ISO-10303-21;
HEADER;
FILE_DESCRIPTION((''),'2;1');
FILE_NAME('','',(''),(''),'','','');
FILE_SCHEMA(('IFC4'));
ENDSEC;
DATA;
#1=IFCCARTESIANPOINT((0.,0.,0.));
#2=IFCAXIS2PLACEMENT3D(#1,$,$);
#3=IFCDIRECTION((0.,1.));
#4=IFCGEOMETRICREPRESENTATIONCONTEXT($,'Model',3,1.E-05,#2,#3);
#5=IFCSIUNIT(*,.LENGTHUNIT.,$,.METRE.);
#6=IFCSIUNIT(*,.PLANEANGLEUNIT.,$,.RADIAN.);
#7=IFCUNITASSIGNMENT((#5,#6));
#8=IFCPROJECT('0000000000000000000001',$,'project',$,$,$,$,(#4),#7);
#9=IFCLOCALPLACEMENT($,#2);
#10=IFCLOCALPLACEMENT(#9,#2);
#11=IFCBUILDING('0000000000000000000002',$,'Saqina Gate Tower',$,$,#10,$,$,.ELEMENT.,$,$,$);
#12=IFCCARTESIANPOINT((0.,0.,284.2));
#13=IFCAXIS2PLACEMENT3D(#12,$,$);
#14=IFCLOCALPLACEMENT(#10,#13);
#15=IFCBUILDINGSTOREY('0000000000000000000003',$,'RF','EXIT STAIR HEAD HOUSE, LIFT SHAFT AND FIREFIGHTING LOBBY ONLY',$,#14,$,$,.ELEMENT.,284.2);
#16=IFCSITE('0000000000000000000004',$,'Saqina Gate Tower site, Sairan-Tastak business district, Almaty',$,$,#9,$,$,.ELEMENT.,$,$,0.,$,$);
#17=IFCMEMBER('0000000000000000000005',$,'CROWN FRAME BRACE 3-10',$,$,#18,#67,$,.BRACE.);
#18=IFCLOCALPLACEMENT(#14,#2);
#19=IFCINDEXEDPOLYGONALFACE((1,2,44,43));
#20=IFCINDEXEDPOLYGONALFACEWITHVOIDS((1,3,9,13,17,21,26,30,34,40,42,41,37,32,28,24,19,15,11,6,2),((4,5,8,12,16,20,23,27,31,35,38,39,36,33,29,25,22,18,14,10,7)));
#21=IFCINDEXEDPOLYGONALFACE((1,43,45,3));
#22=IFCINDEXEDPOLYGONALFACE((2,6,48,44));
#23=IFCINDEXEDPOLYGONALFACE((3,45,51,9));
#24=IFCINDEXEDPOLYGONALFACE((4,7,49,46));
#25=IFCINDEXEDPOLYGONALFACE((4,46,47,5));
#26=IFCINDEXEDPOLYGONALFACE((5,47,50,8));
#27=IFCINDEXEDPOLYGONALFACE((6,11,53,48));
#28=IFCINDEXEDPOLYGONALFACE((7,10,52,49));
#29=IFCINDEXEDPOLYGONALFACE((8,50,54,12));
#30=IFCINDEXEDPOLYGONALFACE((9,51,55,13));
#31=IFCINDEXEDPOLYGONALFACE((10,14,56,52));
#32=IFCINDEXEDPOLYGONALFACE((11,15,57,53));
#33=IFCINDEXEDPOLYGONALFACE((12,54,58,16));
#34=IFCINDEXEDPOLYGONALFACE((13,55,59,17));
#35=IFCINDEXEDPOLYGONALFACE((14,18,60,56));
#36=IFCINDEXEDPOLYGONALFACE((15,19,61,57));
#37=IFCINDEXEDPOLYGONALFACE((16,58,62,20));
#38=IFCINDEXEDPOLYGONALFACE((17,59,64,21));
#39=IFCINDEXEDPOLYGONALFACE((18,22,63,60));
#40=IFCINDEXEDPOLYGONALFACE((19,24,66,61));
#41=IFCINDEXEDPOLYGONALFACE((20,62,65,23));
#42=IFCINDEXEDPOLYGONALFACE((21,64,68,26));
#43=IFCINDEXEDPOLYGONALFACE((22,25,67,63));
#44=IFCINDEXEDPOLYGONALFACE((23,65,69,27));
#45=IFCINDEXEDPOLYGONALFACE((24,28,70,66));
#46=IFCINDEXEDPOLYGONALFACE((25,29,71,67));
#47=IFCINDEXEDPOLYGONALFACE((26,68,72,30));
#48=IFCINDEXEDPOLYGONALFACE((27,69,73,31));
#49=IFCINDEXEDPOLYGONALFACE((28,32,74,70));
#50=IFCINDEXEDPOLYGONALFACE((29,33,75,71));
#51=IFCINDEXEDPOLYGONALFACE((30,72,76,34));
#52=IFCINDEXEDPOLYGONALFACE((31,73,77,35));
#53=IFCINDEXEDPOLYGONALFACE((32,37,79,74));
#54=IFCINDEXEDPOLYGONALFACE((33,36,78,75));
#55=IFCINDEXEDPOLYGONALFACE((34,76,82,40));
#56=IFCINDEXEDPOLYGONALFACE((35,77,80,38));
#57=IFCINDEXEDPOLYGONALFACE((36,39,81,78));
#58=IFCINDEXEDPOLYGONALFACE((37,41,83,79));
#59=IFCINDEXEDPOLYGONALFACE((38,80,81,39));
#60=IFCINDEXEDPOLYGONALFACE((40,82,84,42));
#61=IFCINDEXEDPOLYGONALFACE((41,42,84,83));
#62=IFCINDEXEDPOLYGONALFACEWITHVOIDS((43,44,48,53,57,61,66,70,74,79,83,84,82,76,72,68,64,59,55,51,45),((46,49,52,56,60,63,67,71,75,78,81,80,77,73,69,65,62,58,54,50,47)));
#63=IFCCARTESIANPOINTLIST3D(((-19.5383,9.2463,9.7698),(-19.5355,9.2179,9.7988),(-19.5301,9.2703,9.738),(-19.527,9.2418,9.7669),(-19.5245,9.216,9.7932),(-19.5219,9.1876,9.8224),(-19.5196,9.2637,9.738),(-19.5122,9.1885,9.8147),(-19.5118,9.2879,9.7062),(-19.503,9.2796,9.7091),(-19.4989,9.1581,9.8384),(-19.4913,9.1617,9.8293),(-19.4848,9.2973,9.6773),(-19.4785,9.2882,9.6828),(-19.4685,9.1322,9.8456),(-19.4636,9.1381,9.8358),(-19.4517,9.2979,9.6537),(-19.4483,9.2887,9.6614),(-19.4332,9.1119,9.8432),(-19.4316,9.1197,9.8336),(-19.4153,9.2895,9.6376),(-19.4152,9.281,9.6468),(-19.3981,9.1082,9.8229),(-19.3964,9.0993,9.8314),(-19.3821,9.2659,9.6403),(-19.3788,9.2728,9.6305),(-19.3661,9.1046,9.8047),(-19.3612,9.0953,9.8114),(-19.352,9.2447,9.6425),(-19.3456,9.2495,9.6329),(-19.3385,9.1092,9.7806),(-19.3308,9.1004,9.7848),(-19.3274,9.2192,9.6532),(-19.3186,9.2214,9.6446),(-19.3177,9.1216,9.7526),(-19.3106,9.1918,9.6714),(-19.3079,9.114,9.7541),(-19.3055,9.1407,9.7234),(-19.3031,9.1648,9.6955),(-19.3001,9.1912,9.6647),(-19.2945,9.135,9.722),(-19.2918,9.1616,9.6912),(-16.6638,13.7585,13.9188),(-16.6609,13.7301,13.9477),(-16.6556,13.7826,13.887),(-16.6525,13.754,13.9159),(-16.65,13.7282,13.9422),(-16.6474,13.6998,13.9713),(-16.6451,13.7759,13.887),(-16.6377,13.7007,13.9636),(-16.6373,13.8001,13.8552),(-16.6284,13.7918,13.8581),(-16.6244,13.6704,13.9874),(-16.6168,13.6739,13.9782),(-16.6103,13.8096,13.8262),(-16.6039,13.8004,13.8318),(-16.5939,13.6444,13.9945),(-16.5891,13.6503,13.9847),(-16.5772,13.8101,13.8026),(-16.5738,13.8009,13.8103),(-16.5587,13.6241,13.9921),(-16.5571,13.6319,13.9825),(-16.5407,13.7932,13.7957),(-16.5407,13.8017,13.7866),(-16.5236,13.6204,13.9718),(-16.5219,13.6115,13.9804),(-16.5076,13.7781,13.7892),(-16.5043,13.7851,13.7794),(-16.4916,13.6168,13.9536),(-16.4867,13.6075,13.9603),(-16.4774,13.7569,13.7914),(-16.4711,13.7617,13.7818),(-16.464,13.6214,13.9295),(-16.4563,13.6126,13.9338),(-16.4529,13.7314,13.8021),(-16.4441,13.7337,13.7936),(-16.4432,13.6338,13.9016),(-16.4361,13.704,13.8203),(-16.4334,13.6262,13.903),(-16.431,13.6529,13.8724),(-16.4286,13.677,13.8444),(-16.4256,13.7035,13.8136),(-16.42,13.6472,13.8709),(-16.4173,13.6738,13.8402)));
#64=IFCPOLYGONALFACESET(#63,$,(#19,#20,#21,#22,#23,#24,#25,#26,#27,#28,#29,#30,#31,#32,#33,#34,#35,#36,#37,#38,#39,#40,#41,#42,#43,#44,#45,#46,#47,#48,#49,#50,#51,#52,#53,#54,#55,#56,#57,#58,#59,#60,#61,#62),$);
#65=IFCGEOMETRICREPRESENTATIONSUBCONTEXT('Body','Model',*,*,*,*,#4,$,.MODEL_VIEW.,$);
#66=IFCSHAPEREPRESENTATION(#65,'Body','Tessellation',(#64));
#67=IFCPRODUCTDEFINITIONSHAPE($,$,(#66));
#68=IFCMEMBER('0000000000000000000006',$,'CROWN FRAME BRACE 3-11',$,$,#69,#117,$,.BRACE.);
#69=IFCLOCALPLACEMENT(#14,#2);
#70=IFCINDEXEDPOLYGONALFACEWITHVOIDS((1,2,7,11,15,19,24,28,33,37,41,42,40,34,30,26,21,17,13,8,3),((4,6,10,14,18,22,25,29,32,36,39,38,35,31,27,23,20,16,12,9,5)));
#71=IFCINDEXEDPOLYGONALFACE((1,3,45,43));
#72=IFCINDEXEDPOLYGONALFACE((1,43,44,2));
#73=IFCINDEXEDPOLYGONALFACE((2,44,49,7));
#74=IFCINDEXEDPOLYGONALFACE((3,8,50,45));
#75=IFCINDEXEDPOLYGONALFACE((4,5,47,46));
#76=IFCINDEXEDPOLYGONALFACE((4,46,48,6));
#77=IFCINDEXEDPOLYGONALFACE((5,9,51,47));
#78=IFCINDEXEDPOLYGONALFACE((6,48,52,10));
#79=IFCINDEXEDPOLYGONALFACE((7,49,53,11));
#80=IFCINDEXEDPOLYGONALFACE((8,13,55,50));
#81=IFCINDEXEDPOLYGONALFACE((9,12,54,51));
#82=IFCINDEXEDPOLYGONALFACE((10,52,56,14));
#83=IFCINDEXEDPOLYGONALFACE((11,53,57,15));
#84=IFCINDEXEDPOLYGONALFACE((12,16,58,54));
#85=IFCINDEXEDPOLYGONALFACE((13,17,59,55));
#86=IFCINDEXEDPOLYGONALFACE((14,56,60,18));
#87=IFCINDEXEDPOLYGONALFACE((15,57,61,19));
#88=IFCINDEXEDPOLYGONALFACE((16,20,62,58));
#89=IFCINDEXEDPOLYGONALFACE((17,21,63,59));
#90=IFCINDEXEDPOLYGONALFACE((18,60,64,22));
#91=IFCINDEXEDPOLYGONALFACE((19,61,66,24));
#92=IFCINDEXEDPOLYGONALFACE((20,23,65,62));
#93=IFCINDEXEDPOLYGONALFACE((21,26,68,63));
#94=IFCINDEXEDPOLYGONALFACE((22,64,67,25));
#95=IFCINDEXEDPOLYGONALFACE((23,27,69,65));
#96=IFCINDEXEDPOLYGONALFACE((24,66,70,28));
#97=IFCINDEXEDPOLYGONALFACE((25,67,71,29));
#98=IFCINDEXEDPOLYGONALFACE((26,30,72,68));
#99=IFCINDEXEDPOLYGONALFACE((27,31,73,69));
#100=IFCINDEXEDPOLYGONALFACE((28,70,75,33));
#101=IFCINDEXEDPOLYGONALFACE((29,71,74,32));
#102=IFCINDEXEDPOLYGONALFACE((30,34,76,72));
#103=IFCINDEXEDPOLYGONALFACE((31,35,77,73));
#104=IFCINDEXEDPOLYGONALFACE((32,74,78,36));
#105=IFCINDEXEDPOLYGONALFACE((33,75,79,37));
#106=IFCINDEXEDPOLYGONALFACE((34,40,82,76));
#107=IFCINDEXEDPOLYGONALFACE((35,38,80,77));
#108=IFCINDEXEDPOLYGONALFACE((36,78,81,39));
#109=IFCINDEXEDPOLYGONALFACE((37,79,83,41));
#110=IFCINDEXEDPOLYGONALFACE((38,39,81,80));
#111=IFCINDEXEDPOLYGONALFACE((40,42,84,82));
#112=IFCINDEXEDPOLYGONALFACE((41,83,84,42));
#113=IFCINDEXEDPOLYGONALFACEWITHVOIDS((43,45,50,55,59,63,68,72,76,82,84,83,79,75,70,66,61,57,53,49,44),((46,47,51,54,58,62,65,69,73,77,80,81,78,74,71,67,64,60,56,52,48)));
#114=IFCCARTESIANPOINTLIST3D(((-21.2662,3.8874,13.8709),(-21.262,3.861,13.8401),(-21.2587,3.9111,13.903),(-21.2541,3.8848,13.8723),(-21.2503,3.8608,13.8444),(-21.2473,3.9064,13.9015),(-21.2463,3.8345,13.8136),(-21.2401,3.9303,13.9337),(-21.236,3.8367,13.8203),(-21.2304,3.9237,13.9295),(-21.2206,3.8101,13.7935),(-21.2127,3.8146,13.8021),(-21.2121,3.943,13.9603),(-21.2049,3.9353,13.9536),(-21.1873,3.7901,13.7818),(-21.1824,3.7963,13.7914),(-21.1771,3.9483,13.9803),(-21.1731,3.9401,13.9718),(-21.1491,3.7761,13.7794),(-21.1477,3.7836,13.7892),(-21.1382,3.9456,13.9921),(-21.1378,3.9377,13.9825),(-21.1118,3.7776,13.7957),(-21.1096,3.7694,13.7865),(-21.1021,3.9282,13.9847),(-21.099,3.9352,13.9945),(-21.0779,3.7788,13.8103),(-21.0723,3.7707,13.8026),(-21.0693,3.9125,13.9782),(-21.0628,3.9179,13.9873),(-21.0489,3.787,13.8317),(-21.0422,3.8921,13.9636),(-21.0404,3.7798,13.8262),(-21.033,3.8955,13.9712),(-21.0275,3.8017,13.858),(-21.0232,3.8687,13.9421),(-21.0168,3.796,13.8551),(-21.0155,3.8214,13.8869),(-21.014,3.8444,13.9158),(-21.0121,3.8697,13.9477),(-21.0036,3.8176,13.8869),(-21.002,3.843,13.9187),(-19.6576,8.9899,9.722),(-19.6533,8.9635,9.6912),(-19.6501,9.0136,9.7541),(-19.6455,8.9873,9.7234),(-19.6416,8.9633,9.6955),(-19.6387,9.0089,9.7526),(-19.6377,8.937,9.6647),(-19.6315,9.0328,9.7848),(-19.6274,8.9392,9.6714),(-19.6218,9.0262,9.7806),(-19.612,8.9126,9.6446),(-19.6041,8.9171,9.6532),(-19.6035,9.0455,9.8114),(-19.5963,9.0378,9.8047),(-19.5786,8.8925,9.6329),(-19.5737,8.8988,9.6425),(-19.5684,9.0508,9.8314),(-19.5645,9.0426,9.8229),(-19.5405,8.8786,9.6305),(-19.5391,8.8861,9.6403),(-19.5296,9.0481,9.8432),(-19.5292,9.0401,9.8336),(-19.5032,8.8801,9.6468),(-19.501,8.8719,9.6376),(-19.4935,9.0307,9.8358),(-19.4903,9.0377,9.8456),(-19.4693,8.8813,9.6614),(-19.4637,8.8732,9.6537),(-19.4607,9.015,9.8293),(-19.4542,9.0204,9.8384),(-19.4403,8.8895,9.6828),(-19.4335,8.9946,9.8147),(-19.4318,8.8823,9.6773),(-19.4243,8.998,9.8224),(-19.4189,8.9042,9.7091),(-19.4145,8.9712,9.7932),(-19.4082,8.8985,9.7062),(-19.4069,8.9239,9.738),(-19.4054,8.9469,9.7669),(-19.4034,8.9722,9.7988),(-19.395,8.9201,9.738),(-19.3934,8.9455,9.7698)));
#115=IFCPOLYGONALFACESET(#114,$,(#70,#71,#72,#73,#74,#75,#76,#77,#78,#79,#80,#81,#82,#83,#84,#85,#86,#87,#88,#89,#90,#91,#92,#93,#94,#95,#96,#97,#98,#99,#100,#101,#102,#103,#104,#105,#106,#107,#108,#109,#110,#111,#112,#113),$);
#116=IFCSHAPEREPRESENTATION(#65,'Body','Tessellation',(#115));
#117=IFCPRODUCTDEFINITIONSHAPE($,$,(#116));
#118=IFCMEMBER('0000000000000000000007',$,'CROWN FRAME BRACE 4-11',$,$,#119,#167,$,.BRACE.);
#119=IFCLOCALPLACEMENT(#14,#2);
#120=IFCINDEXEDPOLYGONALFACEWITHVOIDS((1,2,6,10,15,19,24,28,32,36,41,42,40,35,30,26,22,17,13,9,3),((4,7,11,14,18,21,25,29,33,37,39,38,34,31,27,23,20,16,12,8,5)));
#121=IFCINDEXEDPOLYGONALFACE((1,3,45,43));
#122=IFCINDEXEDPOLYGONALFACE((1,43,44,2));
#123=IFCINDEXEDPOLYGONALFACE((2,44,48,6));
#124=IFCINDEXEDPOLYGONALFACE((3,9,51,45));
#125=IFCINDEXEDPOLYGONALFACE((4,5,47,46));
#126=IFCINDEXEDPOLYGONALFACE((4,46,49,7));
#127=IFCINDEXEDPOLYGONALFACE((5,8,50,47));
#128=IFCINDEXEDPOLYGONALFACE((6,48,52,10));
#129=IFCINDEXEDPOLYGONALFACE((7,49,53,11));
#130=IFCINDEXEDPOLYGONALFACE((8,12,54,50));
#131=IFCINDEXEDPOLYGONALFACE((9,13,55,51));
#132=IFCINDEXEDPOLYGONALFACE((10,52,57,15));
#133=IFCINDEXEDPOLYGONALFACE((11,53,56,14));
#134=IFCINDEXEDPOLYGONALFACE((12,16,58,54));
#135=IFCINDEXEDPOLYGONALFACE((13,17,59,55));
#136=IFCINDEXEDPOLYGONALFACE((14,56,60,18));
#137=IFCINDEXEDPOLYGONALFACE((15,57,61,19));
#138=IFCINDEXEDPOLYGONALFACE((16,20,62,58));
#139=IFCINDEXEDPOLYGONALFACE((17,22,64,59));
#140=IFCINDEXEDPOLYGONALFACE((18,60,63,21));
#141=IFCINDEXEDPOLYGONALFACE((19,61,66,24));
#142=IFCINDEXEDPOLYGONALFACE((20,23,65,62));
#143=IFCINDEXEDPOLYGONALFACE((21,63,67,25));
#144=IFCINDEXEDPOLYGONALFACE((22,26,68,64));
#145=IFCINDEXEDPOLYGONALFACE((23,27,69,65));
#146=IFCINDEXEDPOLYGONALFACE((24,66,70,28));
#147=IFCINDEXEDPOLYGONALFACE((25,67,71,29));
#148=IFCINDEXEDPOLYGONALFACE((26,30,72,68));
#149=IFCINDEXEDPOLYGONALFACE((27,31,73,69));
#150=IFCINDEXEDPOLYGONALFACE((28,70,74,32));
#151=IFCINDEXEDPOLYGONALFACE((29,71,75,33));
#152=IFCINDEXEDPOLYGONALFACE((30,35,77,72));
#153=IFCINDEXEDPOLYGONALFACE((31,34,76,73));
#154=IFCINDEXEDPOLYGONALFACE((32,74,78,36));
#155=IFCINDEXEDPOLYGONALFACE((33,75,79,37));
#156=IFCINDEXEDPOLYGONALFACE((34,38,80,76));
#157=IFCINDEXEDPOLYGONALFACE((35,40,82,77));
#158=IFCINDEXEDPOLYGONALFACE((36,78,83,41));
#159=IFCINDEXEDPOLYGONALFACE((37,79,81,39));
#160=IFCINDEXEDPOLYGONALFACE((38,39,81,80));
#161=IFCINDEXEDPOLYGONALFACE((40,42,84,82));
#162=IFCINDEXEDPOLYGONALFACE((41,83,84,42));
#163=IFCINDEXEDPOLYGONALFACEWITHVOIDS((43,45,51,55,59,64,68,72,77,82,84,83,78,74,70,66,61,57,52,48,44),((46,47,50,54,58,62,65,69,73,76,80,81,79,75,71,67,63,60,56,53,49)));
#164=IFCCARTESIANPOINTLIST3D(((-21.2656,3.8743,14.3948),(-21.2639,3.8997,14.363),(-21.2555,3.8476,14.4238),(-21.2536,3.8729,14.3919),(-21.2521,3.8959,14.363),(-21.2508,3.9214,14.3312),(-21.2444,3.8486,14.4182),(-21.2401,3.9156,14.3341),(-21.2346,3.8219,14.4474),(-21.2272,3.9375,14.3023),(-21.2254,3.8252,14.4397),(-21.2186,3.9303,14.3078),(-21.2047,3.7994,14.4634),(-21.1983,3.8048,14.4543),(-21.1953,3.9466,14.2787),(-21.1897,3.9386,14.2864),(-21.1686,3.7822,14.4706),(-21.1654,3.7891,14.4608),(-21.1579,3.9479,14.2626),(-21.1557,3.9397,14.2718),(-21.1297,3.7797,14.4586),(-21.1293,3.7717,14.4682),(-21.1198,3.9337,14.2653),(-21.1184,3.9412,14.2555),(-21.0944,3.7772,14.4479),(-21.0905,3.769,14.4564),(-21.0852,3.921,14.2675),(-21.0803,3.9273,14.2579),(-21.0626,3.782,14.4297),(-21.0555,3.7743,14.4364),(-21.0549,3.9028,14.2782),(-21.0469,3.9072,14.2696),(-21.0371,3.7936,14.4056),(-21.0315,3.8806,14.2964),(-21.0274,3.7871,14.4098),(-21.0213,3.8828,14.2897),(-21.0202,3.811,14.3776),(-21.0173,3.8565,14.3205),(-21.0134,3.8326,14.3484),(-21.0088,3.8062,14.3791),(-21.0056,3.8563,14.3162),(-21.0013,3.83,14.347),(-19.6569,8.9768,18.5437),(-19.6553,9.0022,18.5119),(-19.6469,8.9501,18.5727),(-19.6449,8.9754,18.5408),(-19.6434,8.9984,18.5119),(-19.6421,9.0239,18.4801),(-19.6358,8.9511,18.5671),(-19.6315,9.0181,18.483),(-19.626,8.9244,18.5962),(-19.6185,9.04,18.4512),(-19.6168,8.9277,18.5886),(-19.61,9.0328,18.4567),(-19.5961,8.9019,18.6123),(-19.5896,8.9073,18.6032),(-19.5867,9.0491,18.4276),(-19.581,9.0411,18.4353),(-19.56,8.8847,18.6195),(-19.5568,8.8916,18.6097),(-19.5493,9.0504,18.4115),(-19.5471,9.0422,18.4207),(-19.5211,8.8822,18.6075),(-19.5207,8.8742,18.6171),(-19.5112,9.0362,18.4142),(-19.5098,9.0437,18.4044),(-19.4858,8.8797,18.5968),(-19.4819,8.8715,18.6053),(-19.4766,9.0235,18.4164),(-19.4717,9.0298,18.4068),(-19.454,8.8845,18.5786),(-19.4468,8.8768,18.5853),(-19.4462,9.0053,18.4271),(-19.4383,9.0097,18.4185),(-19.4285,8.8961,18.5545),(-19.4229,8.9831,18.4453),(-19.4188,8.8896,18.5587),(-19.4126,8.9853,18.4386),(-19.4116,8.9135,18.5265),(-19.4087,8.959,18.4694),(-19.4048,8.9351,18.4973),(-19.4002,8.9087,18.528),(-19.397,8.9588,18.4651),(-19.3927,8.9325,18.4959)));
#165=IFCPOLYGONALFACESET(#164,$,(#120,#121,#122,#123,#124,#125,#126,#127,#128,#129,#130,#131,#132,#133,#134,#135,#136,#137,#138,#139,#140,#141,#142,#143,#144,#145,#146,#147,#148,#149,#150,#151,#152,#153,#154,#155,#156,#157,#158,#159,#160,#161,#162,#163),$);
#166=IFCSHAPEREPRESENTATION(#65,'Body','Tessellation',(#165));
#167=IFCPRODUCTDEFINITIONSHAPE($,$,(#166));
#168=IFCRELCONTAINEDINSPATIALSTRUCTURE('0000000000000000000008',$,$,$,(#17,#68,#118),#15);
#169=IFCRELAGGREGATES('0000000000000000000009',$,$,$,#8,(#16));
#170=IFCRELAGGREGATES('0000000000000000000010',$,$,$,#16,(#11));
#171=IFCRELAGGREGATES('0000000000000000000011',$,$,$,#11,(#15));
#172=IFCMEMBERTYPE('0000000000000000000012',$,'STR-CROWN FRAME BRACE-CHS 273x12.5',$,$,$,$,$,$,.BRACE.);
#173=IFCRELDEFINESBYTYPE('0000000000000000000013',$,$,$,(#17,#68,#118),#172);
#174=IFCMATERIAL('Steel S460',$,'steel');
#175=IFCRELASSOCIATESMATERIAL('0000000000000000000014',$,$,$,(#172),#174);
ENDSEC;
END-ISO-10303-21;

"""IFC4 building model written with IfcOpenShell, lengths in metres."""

from ifc_helpers import new_model, si_unit, direction, frame, origin, origin_2d, place, context, subcontext, project, spatial, hollow_circle, extrude, material, material_profile, profile_set, type_object, element, save


model = new_model("IFC4")

# Units and contexts
model_context = context("Model", 3, precision=1e-05, world=origin(), true_north=direction((0.0, 1.0)))
body_context = subcontext(model_context, "Body", "Model", "MODEL_VIEW")
ifc_project = project(units=[si_unit("LENGTHUNIT", "METRE"), si_unit("PLANEANGLEUNIT", "RADIAN")], contexts=[model_context])

# Site, building, storey
site_placement = place(None, origin())
site = spatial("IfcSite", under=ifc_project, at=site_placement, Name="Saqina Gate Tower site, Sairan-Tastak business district, Almaty", CompositionType="ELEMENT", RefElevation=0.0)
building_placement = place(site_placement, origin())
building = spatial("IfcBuilding", under=site, at=building_placement, Name="Saqina Gate Tower", CompositionType="ELEMENT")
storey_placement = place(building_placement, frame((0.0, 0.0, 284.2)))
storey = spatial("IfcBuildingStorey", under=building, at=storey_placement, Name="RF", Description="EXIT STAIR HEAD HOUSE, LIFT SHAFT AND FIREFIGHTING LOBBY ONLY", CompositionType="ELEMENT", Elevation=284.2)

# Members
ifc_material_1 = material(Name="Steel S460", Category="steel")
ifc_material_profile_1 = material_profile(ifc_material_1, hollow_circle(Radius=0.1365, WallThickness=0.0125, at=origin_2d()), Name="CHS 273x12.5")
ifc_profile_set_1 = profile_set([ifc_material_profile_1], Name="Steel S460")
member_type = type_object("IfcMemberType", Name="STR-CROWN FRAME BRACE-CHS 273x12.5", PredefinedType="BRACE", material=ifc_profile_set_1)
for number, where, z_axis, x_axis, name in (
    (1, (-19.415, 9.197, 9.738), (0.424579, 0.666475, 0.612816), (-0.843398, 0.537289, 0.0), "CROWN FRAME BRACE 3-10"),
    (2, (-19.5251, 8.9612, 9.738), (-0.237602, -0.753663, 0.612811), (0.953727, -0.300675, 0.0), "CROWN FRAME BRACE 3-11"),
    (3, (-21.1338, 3.8586, 14.363), (0.237602, 0.753663, 0.612811), (-0.953727, 0.300675, 0.0), "CROWN FRAME BRACE 4-11"),
):
    element("IfcMember", number, at=place(storey_placement, frame(where, z_axis=z_axis, x_axis=x_axis)), inside=storey, type_object=member_type, Name=name, PredefinedType="BRACE", context=body_context, shape_type="SweptSolid", body=[
        extrude(hollow_circle(Radius=0.1365, WallThickness=0.0125, at=origin_2d()), origin(), (0.0, 0.0, 1.0), 6.7703),
    ])

save(model, "model.ifc")
